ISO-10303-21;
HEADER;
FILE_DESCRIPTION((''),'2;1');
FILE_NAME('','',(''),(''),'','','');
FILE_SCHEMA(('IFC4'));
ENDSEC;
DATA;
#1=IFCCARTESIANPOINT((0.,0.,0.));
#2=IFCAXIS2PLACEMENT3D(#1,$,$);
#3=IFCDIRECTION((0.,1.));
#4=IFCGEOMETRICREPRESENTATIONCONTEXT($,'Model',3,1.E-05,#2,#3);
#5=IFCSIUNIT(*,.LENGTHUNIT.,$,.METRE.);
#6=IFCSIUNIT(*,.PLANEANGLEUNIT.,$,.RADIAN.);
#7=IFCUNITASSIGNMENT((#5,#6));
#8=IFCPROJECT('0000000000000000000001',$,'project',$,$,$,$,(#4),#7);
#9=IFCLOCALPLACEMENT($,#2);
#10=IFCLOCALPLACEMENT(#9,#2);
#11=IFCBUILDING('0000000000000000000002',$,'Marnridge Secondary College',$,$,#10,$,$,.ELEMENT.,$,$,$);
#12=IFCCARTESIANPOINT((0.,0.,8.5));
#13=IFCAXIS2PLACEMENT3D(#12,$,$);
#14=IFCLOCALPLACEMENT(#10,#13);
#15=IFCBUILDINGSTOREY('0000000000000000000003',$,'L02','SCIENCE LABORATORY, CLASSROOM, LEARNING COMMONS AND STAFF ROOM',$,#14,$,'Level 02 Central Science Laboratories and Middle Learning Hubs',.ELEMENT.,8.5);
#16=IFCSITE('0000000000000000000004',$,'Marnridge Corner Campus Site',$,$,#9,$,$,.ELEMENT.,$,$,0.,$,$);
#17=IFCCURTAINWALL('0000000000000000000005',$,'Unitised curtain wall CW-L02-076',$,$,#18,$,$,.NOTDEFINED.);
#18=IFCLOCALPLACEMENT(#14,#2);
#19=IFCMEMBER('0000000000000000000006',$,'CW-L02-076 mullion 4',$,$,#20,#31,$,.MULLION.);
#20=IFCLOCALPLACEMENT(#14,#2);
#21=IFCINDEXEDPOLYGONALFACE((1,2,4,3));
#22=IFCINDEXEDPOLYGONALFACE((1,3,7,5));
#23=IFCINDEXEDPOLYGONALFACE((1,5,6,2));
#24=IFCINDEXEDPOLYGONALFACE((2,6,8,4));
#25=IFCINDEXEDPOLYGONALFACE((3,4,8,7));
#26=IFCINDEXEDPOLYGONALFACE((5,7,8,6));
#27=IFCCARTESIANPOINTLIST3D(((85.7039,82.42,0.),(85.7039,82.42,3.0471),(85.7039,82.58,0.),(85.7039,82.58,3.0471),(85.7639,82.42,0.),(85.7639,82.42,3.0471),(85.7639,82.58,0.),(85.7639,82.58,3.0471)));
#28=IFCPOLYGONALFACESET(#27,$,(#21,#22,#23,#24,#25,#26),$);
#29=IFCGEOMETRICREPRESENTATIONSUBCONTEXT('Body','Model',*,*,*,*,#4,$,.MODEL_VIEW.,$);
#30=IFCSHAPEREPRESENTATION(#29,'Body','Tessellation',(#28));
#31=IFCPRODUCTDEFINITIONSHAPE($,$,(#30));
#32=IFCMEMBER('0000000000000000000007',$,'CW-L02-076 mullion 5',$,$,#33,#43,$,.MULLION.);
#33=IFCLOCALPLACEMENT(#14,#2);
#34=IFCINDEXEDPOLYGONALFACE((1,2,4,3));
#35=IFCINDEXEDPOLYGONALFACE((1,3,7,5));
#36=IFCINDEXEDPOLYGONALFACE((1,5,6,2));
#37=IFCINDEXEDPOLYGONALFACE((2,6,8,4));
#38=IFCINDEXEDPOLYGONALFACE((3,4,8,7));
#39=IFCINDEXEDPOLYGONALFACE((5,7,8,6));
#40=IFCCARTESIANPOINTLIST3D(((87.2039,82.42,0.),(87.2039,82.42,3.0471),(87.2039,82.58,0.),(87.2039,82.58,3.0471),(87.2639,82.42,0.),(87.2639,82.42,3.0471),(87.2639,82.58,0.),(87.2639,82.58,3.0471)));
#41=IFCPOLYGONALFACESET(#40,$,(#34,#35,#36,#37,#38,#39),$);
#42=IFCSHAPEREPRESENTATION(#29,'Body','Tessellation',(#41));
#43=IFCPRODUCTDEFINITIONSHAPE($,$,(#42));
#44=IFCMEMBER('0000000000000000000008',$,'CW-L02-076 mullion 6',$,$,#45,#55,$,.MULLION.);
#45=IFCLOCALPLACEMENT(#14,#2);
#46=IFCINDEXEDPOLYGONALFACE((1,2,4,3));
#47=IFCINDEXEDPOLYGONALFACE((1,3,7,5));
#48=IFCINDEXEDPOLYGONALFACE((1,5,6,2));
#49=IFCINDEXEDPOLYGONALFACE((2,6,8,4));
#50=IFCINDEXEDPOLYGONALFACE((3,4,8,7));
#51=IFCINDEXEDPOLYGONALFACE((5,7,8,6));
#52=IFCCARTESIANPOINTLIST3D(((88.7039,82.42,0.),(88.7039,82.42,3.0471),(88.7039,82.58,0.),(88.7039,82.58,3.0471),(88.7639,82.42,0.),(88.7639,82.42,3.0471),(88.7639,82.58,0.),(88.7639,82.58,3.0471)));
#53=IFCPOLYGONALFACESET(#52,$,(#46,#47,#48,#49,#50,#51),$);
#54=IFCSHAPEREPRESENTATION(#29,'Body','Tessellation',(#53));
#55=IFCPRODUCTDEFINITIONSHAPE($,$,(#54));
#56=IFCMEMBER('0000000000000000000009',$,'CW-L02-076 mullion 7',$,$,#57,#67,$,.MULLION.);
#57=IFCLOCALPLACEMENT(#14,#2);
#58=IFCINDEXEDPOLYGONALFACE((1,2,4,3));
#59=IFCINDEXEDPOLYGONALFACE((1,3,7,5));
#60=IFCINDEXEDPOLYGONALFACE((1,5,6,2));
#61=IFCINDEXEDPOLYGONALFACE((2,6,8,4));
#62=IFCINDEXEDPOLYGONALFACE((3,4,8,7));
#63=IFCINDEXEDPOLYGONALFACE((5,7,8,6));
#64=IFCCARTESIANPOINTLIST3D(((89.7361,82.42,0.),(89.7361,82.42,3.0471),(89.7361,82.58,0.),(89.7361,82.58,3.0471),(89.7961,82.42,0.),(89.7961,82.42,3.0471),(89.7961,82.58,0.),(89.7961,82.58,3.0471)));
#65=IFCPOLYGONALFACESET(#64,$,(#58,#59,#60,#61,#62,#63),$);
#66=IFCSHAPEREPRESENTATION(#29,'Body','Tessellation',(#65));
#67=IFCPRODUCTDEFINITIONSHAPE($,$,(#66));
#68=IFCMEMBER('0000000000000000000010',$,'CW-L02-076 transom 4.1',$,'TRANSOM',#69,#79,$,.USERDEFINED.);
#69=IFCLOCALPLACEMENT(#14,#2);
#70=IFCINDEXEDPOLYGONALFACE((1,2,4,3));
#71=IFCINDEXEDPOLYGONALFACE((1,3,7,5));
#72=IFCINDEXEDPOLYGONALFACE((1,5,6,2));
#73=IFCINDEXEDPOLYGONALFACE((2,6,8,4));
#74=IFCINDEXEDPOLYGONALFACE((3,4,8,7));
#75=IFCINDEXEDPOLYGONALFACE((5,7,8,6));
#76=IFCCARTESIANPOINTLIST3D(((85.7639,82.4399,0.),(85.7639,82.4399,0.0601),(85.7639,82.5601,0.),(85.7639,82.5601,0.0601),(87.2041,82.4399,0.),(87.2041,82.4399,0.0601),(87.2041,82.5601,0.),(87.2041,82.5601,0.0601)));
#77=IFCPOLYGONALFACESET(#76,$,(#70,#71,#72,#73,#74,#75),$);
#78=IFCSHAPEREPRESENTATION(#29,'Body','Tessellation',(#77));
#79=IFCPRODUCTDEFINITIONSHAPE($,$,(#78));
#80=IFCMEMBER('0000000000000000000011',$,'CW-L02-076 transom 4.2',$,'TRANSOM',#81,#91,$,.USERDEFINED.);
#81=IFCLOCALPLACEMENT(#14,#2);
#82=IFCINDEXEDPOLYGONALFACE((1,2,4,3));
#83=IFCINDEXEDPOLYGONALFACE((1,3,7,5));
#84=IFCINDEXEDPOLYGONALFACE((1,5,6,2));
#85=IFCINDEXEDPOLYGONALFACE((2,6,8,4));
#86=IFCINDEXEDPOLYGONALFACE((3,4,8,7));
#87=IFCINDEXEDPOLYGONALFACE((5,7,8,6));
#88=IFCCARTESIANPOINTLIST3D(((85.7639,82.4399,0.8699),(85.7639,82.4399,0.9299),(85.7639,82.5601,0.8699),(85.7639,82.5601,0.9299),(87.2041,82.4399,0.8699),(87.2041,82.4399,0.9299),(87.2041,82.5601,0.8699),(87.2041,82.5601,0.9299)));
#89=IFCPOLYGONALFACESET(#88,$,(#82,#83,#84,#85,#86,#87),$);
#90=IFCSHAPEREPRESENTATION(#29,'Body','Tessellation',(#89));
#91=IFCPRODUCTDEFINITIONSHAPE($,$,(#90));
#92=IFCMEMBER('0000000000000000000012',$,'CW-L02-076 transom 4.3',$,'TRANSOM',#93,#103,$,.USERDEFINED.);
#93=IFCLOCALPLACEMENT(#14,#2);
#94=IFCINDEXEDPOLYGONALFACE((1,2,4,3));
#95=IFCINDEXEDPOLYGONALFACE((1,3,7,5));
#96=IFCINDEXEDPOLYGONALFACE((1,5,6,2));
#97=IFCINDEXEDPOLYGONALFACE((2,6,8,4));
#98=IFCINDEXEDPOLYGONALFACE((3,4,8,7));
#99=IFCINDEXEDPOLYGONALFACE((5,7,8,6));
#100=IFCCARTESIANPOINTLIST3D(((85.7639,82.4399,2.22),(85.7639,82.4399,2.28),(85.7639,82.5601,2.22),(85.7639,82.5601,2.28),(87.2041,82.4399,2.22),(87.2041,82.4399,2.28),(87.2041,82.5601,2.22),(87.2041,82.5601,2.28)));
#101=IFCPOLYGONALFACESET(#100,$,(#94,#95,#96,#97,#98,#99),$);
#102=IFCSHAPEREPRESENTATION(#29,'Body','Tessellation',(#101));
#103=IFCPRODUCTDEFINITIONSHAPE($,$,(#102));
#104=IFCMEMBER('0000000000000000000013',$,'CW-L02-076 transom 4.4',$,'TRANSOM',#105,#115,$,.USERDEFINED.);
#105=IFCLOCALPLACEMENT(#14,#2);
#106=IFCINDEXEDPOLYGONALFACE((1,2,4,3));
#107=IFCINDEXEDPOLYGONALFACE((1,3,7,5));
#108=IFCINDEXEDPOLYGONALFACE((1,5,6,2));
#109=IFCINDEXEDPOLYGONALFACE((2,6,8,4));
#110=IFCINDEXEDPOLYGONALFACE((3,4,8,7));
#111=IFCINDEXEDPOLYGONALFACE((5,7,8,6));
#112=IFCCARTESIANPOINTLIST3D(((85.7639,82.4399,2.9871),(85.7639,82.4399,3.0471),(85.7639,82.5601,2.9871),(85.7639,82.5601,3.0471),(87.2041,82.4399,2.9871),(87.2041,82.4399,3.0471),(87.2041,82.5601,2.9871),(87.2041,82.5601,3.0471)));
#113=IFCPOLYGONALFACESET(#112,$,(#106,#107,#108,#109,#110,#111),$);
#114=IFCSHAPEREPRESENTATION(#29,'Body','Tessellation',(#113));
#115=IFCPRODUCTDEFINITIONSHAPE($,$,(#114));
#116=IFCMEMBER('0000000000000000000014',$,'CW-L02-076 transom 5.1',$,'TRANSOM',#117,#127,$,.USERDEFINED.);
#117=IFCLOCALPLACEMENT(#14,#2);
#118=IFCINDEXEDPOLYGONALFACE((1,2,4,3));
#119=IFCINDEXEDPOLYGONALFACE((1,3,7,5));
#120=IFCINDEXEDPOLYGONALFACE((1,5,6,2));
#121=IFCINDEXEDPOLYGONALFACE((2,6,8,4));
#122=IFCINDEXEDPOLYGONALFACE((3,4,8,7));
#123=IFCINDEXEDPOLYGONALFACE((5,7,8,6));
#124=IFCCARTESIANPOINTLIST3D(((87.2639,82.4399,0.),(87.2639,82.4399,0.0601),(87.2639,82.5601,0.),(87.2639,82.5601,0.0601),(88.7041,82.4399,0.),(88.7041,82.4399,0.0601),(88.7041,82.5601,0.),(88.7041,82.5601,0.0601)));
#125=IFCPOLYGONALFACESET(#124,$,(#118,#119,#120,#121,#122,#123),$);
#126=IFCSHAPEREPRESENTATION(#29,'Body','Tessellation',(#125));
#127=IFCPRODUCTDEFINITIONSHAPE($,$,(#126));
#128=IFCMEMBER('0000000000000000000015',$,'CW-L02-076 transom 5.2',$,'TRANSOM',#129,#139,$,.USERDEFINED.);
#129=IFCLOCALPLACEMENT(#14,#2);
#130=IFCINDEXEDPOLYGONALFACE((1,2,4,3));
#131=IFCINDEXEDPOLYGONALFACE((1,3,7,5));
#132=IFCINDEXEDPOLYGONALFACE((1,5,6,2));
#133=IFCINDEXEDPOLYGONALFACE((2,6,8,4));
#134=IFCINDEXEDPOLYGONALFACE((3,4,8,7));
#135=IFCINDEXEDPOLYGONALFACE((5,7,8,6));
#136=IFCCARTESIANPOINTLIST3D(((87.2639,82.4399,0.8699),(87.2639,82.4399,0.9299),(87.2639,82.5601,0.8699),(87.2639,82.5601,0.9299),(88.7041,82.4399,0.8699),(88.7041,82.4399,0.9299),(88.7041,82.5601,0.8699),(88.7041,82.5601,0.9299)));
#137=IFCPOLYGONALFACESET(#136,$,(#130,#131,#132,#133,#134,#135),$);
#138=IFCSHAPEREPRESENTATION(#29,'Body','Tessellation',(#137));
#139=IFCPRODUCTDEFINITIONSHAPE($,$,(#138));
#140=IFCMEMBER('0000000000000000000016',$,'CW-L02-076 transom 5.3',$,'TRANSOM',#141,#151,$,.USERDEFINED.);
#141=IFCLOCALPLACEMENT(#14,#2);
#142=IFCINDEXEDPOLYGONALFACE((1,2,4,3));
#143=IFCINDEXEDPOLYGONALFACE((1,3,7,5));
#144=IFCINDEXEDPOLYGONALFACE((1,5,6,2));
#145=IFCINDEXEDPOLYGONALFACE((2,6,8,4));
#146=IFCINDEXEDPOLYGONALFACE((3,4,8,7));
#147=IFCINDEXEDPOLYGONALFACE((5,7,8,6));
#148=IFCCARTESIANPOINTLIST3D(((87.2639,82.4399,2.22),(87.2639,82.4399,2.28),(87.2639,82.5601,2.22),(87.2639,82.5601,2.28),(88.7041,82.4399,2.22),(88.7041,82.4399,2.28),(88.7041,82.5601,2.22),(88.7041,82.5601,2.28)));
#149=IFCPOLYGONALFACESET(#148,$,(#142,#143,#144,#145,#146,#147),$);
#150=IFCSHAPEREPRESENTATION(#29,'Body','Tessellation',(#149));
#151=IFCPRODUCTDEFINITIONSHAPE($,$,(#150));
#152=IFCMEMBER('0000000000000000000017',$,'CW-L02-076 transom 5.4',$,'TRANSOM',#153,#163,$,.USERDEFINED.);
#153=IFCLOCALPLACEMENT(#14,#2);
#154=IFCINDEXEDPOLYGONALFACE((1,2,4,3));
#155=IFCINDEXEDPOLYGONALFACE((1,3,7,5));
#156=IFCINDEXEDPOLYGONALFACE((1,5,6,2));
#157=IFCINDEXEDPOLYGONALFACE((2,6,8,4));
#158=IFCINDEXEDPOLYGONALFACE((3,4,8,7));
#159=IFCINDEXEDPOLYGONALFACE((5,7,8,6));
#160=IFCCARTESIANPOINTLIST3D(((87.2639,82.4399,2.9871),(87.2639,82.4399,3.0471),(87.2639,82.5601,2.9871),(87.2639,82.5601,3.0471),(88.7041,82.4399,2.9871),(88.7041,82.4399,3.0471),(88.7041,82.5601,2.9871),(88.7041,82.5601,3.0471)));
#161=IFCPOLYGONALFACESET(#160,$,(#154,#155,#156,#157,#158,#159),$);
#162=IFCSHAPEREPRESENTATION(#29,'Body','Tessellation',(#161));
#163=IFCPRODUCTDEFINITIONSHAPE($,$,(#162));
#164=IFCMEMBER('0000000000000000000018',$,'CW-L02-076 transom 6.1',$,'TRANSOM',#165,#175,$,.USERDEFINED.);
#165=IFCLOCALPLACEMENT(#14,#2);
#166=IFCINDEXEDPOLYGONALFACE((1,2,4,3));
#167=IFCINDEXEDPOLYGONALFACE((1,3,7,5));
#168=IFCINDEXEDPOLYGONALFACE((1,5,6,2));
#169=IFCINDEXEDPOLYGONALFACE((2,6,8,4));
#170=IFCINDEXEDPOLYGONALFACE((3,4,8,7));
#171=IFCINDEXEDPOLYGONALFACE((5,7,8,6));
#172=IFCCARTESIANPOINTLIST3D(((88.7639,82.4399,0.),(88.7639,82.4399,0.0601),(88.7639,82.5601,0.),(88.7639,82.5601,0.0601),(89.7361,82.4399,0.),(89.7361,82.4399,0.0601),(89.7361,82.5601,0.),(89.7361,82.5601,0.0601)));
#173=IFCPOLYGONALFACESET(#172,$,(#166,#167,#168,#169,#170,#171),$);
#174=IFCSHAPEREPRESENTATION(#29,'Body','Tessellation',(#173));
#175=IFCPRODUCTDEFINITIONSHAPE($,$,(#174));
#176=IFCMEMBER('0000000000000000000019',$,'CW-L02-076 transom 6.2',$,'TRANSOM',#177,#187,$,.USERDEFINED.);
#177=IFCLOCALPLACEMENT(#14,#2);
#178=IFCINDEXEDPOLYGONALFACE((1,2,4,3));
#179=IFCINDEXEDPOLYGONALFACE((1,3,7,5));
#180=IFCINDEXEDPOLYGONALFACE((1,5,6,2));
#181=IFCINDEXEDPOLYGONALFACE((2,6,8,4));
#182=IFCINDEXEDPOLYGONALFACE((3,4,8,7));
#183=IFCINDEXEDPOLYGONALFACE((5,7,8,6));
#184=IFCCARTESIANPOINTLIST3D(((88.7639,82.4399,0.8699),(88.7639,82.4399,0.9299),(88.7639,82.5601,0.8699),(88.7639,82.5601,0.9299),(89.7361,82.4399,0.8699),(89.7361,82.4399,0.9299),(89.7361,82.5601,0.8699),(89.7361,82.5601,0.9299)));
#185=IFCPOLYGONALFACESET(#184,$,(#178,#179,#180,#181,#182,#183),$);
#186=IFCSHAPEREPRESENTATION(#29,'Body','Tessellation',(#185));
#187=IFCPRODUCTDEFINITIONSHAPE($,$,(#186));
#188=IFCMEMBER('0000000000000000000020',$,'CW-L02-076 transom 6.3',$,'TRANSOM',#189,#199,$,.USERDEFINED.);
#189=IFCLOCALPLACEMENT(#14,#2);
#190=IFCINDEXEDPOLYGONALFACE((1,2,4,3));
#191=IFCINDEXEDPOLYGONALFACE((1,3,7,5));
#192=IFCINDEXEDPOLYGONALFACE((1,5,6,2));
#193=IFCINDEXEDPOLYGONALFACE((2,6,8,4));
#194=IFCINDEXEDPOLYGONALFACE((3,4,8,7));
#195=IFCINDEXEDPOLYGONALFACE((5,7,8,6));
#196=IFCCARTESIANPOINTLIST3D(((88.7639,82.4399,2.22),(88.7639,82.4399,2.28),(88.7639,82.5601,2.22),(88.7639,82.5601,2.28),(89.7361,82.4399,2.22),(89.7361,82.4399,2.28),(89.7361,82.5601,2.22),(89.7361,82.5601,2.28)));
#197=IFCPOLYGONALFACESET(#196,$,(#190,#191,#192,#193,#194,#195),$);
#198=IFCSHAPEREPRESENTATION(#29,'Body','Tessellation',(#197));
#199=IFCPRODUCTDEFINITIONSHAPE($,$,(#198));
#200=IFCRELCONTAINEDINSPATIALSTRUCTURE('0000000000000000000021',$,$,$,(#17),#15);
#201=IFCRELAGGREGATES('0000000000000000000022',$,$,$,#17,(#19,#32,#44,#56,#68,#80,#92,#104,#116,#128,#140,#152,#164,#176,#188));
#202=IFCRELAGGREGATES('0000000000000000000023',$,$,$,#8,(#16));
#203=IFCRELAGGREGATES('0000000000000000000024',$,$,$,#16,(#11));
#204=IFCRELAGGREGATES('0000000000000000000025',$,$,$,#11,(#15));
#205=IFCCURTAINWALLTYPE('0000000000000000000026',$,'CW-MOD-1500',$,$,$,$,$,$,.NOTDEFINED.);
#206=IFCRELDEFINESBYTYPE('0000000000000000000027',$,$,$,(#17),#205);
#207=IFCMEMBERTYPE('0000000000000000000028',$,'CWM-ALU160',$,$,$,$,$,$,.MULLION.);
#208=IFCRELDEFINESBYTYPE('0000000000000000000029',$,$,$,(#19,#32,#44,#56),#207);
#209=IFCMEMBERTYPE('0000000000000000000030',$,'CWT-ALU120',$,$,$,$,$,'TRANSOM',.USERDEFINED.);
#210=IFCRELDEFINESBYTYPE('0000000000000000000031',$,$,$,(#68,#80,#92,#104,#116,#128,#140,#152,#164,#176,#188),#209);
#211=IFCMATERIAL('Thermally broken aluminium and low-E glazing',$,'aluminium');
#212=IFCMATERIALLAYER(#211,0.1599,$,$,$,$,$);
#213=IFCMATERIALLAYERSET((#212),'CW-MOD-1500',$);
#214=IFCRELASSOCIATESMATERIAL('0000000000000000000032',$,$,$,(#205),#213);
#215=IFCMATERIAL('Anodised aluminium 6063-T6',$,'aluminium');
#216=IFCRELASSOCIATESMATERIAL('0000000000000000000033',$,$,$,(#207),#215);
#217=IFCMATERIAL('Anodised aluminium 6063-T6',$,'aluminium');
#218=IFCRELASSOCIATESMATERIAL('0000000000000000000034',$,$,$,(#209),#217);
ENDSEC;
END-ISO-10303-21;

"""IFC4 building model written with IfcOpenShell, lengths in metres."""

from ifc_helpers import new_model, si_unit, direction, frame, origin, origin_2d, place, context, subcontext, project, spatial, rectangle, extrude, material, layer, layer_set, material_profile, profile_set, type_object, element, aggregate, save


model = new_model("IFC4")

# Units and contexts
model_context = context("Model", 3, precision=1e-05, world=origin(), true_north=direction((0.0, 1.0)))
body_context = subcontext(model_context, "Body", "Model", "MODEL_VIEW")
ifc_project = project(units=[si_unit("LENGTHUNIT", "METRE"), si_unit("PLANEANGLEUNIT", "RADIAN")], contexts=[model_context])

# Site, building, storey
site_placement = place(None, origin())
site = spatial("IfcSite", under=ifc_project, at=site_placement, Name="Marnridge Corner Campus Site", CompositionType="ELEMENT", RefElevation=0.0)
building_placement = place(site_placement, origin())
building = spatial("IfcBuilding", under=site, at=building_placement, Name="Marnridge Secondary College", CompositionType="ELEMENT")
storey_placement = place(building_placement, frame((0.0, 0.0, 8.5)))
storey = spatial("IfcBuildingStorey", under=building, at=storey_placement, Name="L02", Description="SCIENCE LABORATORY, CLASSROOM, LEARNING COMMONS AND STAFF ROOM", LongName="Level 02 Central Science Laboratories and Middle Learning Hubs", CompositionType="ELEMENT", Elevation=8.5)

# Curtain wall, members
ifc_material_1 = material(Name="Thermally broken aluminium and low-E glazing", Category="aluminium")
ifc_layer_1 = layer(ifc_material_1, 0.1599)
ifc_layer_set_1 = layer_set([ifc_layer_1], Name="CW-MOD-1500")
curtain_wall_type = type_object("IfcCurtainWallType", Name="CW-MOD-1500", PredefinedType="NOTDEFINED", material=ifc_layer_set_1)
curtain_wall_placement = place(storey_placement, origin())
curtain_wall = element("IfcCurtainWall", 1, at=curtain_wall_placement, inside=storey, type_object=curtain_wall_type, Name="Unitised curtain wall CW-L02-076", PredefinedType="NOTDEFINED")
ifc_material_2 = material(Name="Anodised aluminium 6063-T6", Category="aluminium")
ifc_material_profile_1 = material_profile(ifc_material_2, rectangle(XDim=0.0601, YDim=0.1599, at=origin_2d()), Name="ALU 60x160")
ifc_profile_set_1 = profile_set([ifc_material_profile_1], Name="Anodised aluminium 6063-T6")
member_type_1 = type_object("IfcMemberType", Name="CWM-ALU160", PredefinedType="MULLION", material=ifc_profile_set_1)
member_1_placement = place(storey_placement, frame((85.7339, 82.5, 0.0), z_axis=(0.0, 0.0, 1.0), x_axis=(1.0, 0.0, 0.0)))
member_1 = element("IfcMember", 2, at=member_1_placement, type_object=member_type_1, Name="CW-L02-076 mullion 4", PredefinedType="MULLION", context=body_context, shape_type="SweptSolid", body=[
    extrude(rectangle(XDim=0.0601, YDim=0.1599, at=origin_2d()), origin(), (0.0, 0.0, 1.0), 3.0471),
])
member_2_placement = place(storey_placement, frame((87.2339, 82.5, 0.0), z_axis=(0.0, 0.0, 1.0), x_axis=(1.0, 0.0, 0.0)))
member_2 = element("IfcMember", 3, at=member_2_placement, type_object=member_type_1, Name="CW-L02-076 mullion 5", PredefinedType="MULLION", context=body_context, shape_type="SweptSolid", body=[
    extrude(rectangle(XDim=0.0601, YDim=0.1599, at=origin_2d()), origin(), (0.0, 0.0, 1.0), 3.0471),
])
member_3_placement = place(storey_placement, frame((88.7339, 82.5, 0.0), z_axis=(0.0, 0.0, 1.0), x_axis=(1.0, 0.0, 0.0)))
member_3 = element("IfcMember", 4, at=member_3_placement, type_object=member_type_1, Name="CW-L02-076 mullion 6", PredefinedType="MULLION", context=body_context, shape_type="SweptSolid", body=[
    extrude(rectangle(XDim=0.0601, YDim=0.1599, at=origin_2d()), origin(), (0.0, 0.0, 1.0), 3.0471),
])
member_4_placement = place(storey_placement, frame((89.7661, 82.5, 0.0), z_axis=(0.0, 0.0, 1.0), x_axis=(1.0, 0.0, 0.0)))
member_4 = element("IfcMember", 5, at=member_4_placement, type_object=member_type_1, Name="CW-L02-076 mullion 7", PredefinedType="MULLION", context=body_context, shape_type="SweptSolid", body=[
    extrude(rectangle(XDim=0.0601, YDim=0.1599, at=origin_2d()), origin(), (0.0, 0.0, 1.0), 3.0471),
])
ifc_material_3 = material(Name="Anodised aluminium 6063-T6", Category="aluminium")
ifc_material_profile_2 = material_profile(ifc_material_3, rectangle(XDim=0.0601, YDim=0.1201, at=origin_2d()), Name="ALU 60x120")
ifc_profile_set_2 = profile_set([ifc_material_profile_2], Name="Anodised aluminium 6063-T6")
member_type_2 = type_object("IfcMemberType", Name="CWT-ALU120", ElementType="TRANSOM", PredefinedType="USERDEFINED", material=ifc_profile_set_2)
member_5_placement = place(storey_placement, frame((85.7639, 82.5, 0.03), z_axis=(1.0, 0.0, 0.0), x_axis=(0.0, 0.0, 1.0)))
member_5 = element("IfcMember", 6, at=member_5_placement, type_object=member_type_2, Name="CW-L02-076 transom 4.1", ObjectType="TRANSOM", PredefinedType="USERDEFINED", context=body_context, shape_type="SweptSolid", body=[
    extrude(rectangle(XDim=0.0601, YDim=0.1201, at=origin_2d()), origin(), (0.0, 0.0, 1.0), 1.4402),
])
member_6_placement = place(storey_placement, frame((85.7639, 82.5, 0.8999), z_axis=(1.0, 0.0, 0.0), x_axis=(0.0, 0.0, 1.0)))
member_6 = element("IfcMember", 7, at=member_6_placement, type_object=member_type_2, Name="CW-L02-076 transom 4.2", ObjectType="TRANSOM", PredefinedType="USERDEFINED", context=body_context, shape_type="SweptSolid", body=[
    extrude(rectangle(XDim=0.0601, YDim=0.1201, at=origin_2d()), origin(), (0.0, 0.0, 1.0), 1.4402),
])
member_7_placement = place(storey_placement, frame((85.7639, 82.5, 2.25), z_axis=(1.0, 0.0, 0.0), x_axis=(0.0, 0.0, 1.0)))
member_7 = element("IfcMember", 8, at=member_7_placement, type_object=member_type_2, Name="CW-L02-076 transom 4.3", ObjectType="TRANSOM", PredefinedType="USERDEFINED", context=body_context, shape_type="SweptSolid", body=[
    extrude(rectangle(XDim=0.0601, YDim=0.1201, at=origin_2d()), origin(), (0.0, 0.0, 1.0), 1.4402),
])
member_8_placement = place(storey_placement, frame((85.7639, 82.5, 3.0171), z_axis=(1.0, 0.0, 0.0), x_axis=(0.0, 0.0, 1.0)))
member_8 = element("IfcMember", 9, at=member_8_placement, type_object=member_type_2, Name="CW-L02-076 transom 4.4", ObjectType="TRANSOM", PredefinedType="USERDEFINED", context=body_context, shape_type="SweptSolid", body=[
    extrude(rectangle(XDim=0.0601, YDim=0.1201, at=origin_2d()), origin(), (0.0, 0.0, 1.0), 1.4402),
])
member_9_placement = place(storey_placement, frame((87.2639, 82.5, 0.03), z_axis=(1.0, 0.0, 0.0), x_axis=(0.0, 0.0, 1.0)))
member_9 = element("IfcMember", 10, at=member_9_placement, type_object=member_type_2, Name="CW-L02-076 transom 5.1", ObjectType="TRANSOM", PredefinedType="USERDEFINED", context=body_context, shape_type="SweptSolid", body=[
    extrude(rectangle(XDim=0.0601, YDim=0.1201, at=origin_2d()), origin(), (0.0, 0.0, 1.0), 1.4402),
])
member_10_placement = place(storey_placement, frame((87.2639, 82.5, 0.8999), z_axis=(1.0, 0.0, 0.0), x_axis=(0.0, 0.0, 1.0)))
member_10 = element("IfcMember", 11, at=member_10_placement, type_object=member_type_2, Name="CW-L02-076 transom 5.2", ObjectType="TRANSOM", PredefinedType="USERDEFINED", context=body_context, shape_type="SweptSolid", body=[
    extrude(rectangle(XDim=0.0601, YDim=0.1201, at=origin_2d()), origin(), (0.0, 0.0, 1.0), 1.4402),
])
member_11_placement = place(storey_placement, frame((87.2639, 82.5, 2.25), z_axis=(1.0, 0.0, 0.0), x_axis=(0.0, 0.0, 1.0)))
member_11 = element("IfcMember", 12, at=member_11_placement, type_object=member_type_2, Name="CW-L02-076 transom 5.3", ObjectType="TRANSOM", PredefinedType="USERDEFINED", context=body_context, shape_type="SweptSolid", body=[
    extrude(rectangle(XDim=0.0601, YDim=0.1201, at=origin_2d()), origin(), (0.0, 0.0, 1.0), 1.4402),
])
member_12_placement = place(storey_placement, frame((87.2639, 82.5, 3.0171), z_axis=(1.0, 0.0, 0.0), x_axis=(0.0, 0.0, 1.0)))
member_12 = element("IfcMember", 13, at=member_12_placement, type_object=member_type_2, Name="CW-L02-076 transom 5.4", ObjectType="TRANSOM", PredefinedType="USERDEFINED", context=body_context, shape_type="SweptSolid", body=[
    extrude(rectangle(XDim=0.0601, YDim=0.1201, at=origin_2d()), origin(), (0.0, 0.0, 1.0), 1.4402),
])
member_13_placement = place(storey_placement, frame((88.7639, 82.5, 0.03), z_axis=(1.0, 0.0, 0.0), x_axis=(0.0, 0.0, 1.0)))
member_13 = element("IfcMember", 14, at=member_13_placement, type_object=member_type_2, Name="CW-L02-076 transom 6.1", ObjectType="TRANSOM", PredefinedType="USERDEFINED", context=body_context, shape_type="SweptSolid", body=[
    extrude(rectangle(XDim=0.0601, YDim=0.1201, at=origin_2d()), origin(), (0.0, 0.0, 1.0), 0.9722),
])
member_14_placement = place(storey_placement, frame((88.7639, 82.5, 0.8999), z_axis=(1.0, 0.0, 0.0), x_axis=(0.0, 0.0, 1.0)))
member_14 = element("IfcMember", 15, at=member_14_placement, type_object=member_type_2, Name="CW-L02-076 transom 6.2", ObjectType="TRANSOM", PredefinedType="USERDEFINED", context=body_context, shape_type="SweptSolid", body=[
    extrude(rectangle(XDim=0.0601, YDim=0.1201, at=origin_2d()), origin(), (0.0, 0.0, 1.0), 0.9722),
])
member_15_placement = place(storey_placement, frame((88.7639, 82.5, 2.25), z_axis=(1.0, 0.0, 0.0), x_axis=(0.0, 0.0, 1.0)))
member_15 = element("IfcMember", 16, at=member_15_placement, type_object=member_type_2, Name="CW-L02-076 transom 6.3", ObjectType="TRANSOM", PredefinedType="USERDEFINED", context=body_context, shape_type="SweptSolid", body=[
    extrude(rectangle(XDim=0.0601, YDim=0.1201, at=origin_2d()), origin(), (0.0, 0.0, 1.0), 0.9722),
])
aggregate(curtain_wall, [member_1, member_2, member_3, member_4, member_5, member_6, member_7, member_8, member_9, member_10, member_11, member_12, member_13, member_14, member_15])

save(model, "model.ifc")
